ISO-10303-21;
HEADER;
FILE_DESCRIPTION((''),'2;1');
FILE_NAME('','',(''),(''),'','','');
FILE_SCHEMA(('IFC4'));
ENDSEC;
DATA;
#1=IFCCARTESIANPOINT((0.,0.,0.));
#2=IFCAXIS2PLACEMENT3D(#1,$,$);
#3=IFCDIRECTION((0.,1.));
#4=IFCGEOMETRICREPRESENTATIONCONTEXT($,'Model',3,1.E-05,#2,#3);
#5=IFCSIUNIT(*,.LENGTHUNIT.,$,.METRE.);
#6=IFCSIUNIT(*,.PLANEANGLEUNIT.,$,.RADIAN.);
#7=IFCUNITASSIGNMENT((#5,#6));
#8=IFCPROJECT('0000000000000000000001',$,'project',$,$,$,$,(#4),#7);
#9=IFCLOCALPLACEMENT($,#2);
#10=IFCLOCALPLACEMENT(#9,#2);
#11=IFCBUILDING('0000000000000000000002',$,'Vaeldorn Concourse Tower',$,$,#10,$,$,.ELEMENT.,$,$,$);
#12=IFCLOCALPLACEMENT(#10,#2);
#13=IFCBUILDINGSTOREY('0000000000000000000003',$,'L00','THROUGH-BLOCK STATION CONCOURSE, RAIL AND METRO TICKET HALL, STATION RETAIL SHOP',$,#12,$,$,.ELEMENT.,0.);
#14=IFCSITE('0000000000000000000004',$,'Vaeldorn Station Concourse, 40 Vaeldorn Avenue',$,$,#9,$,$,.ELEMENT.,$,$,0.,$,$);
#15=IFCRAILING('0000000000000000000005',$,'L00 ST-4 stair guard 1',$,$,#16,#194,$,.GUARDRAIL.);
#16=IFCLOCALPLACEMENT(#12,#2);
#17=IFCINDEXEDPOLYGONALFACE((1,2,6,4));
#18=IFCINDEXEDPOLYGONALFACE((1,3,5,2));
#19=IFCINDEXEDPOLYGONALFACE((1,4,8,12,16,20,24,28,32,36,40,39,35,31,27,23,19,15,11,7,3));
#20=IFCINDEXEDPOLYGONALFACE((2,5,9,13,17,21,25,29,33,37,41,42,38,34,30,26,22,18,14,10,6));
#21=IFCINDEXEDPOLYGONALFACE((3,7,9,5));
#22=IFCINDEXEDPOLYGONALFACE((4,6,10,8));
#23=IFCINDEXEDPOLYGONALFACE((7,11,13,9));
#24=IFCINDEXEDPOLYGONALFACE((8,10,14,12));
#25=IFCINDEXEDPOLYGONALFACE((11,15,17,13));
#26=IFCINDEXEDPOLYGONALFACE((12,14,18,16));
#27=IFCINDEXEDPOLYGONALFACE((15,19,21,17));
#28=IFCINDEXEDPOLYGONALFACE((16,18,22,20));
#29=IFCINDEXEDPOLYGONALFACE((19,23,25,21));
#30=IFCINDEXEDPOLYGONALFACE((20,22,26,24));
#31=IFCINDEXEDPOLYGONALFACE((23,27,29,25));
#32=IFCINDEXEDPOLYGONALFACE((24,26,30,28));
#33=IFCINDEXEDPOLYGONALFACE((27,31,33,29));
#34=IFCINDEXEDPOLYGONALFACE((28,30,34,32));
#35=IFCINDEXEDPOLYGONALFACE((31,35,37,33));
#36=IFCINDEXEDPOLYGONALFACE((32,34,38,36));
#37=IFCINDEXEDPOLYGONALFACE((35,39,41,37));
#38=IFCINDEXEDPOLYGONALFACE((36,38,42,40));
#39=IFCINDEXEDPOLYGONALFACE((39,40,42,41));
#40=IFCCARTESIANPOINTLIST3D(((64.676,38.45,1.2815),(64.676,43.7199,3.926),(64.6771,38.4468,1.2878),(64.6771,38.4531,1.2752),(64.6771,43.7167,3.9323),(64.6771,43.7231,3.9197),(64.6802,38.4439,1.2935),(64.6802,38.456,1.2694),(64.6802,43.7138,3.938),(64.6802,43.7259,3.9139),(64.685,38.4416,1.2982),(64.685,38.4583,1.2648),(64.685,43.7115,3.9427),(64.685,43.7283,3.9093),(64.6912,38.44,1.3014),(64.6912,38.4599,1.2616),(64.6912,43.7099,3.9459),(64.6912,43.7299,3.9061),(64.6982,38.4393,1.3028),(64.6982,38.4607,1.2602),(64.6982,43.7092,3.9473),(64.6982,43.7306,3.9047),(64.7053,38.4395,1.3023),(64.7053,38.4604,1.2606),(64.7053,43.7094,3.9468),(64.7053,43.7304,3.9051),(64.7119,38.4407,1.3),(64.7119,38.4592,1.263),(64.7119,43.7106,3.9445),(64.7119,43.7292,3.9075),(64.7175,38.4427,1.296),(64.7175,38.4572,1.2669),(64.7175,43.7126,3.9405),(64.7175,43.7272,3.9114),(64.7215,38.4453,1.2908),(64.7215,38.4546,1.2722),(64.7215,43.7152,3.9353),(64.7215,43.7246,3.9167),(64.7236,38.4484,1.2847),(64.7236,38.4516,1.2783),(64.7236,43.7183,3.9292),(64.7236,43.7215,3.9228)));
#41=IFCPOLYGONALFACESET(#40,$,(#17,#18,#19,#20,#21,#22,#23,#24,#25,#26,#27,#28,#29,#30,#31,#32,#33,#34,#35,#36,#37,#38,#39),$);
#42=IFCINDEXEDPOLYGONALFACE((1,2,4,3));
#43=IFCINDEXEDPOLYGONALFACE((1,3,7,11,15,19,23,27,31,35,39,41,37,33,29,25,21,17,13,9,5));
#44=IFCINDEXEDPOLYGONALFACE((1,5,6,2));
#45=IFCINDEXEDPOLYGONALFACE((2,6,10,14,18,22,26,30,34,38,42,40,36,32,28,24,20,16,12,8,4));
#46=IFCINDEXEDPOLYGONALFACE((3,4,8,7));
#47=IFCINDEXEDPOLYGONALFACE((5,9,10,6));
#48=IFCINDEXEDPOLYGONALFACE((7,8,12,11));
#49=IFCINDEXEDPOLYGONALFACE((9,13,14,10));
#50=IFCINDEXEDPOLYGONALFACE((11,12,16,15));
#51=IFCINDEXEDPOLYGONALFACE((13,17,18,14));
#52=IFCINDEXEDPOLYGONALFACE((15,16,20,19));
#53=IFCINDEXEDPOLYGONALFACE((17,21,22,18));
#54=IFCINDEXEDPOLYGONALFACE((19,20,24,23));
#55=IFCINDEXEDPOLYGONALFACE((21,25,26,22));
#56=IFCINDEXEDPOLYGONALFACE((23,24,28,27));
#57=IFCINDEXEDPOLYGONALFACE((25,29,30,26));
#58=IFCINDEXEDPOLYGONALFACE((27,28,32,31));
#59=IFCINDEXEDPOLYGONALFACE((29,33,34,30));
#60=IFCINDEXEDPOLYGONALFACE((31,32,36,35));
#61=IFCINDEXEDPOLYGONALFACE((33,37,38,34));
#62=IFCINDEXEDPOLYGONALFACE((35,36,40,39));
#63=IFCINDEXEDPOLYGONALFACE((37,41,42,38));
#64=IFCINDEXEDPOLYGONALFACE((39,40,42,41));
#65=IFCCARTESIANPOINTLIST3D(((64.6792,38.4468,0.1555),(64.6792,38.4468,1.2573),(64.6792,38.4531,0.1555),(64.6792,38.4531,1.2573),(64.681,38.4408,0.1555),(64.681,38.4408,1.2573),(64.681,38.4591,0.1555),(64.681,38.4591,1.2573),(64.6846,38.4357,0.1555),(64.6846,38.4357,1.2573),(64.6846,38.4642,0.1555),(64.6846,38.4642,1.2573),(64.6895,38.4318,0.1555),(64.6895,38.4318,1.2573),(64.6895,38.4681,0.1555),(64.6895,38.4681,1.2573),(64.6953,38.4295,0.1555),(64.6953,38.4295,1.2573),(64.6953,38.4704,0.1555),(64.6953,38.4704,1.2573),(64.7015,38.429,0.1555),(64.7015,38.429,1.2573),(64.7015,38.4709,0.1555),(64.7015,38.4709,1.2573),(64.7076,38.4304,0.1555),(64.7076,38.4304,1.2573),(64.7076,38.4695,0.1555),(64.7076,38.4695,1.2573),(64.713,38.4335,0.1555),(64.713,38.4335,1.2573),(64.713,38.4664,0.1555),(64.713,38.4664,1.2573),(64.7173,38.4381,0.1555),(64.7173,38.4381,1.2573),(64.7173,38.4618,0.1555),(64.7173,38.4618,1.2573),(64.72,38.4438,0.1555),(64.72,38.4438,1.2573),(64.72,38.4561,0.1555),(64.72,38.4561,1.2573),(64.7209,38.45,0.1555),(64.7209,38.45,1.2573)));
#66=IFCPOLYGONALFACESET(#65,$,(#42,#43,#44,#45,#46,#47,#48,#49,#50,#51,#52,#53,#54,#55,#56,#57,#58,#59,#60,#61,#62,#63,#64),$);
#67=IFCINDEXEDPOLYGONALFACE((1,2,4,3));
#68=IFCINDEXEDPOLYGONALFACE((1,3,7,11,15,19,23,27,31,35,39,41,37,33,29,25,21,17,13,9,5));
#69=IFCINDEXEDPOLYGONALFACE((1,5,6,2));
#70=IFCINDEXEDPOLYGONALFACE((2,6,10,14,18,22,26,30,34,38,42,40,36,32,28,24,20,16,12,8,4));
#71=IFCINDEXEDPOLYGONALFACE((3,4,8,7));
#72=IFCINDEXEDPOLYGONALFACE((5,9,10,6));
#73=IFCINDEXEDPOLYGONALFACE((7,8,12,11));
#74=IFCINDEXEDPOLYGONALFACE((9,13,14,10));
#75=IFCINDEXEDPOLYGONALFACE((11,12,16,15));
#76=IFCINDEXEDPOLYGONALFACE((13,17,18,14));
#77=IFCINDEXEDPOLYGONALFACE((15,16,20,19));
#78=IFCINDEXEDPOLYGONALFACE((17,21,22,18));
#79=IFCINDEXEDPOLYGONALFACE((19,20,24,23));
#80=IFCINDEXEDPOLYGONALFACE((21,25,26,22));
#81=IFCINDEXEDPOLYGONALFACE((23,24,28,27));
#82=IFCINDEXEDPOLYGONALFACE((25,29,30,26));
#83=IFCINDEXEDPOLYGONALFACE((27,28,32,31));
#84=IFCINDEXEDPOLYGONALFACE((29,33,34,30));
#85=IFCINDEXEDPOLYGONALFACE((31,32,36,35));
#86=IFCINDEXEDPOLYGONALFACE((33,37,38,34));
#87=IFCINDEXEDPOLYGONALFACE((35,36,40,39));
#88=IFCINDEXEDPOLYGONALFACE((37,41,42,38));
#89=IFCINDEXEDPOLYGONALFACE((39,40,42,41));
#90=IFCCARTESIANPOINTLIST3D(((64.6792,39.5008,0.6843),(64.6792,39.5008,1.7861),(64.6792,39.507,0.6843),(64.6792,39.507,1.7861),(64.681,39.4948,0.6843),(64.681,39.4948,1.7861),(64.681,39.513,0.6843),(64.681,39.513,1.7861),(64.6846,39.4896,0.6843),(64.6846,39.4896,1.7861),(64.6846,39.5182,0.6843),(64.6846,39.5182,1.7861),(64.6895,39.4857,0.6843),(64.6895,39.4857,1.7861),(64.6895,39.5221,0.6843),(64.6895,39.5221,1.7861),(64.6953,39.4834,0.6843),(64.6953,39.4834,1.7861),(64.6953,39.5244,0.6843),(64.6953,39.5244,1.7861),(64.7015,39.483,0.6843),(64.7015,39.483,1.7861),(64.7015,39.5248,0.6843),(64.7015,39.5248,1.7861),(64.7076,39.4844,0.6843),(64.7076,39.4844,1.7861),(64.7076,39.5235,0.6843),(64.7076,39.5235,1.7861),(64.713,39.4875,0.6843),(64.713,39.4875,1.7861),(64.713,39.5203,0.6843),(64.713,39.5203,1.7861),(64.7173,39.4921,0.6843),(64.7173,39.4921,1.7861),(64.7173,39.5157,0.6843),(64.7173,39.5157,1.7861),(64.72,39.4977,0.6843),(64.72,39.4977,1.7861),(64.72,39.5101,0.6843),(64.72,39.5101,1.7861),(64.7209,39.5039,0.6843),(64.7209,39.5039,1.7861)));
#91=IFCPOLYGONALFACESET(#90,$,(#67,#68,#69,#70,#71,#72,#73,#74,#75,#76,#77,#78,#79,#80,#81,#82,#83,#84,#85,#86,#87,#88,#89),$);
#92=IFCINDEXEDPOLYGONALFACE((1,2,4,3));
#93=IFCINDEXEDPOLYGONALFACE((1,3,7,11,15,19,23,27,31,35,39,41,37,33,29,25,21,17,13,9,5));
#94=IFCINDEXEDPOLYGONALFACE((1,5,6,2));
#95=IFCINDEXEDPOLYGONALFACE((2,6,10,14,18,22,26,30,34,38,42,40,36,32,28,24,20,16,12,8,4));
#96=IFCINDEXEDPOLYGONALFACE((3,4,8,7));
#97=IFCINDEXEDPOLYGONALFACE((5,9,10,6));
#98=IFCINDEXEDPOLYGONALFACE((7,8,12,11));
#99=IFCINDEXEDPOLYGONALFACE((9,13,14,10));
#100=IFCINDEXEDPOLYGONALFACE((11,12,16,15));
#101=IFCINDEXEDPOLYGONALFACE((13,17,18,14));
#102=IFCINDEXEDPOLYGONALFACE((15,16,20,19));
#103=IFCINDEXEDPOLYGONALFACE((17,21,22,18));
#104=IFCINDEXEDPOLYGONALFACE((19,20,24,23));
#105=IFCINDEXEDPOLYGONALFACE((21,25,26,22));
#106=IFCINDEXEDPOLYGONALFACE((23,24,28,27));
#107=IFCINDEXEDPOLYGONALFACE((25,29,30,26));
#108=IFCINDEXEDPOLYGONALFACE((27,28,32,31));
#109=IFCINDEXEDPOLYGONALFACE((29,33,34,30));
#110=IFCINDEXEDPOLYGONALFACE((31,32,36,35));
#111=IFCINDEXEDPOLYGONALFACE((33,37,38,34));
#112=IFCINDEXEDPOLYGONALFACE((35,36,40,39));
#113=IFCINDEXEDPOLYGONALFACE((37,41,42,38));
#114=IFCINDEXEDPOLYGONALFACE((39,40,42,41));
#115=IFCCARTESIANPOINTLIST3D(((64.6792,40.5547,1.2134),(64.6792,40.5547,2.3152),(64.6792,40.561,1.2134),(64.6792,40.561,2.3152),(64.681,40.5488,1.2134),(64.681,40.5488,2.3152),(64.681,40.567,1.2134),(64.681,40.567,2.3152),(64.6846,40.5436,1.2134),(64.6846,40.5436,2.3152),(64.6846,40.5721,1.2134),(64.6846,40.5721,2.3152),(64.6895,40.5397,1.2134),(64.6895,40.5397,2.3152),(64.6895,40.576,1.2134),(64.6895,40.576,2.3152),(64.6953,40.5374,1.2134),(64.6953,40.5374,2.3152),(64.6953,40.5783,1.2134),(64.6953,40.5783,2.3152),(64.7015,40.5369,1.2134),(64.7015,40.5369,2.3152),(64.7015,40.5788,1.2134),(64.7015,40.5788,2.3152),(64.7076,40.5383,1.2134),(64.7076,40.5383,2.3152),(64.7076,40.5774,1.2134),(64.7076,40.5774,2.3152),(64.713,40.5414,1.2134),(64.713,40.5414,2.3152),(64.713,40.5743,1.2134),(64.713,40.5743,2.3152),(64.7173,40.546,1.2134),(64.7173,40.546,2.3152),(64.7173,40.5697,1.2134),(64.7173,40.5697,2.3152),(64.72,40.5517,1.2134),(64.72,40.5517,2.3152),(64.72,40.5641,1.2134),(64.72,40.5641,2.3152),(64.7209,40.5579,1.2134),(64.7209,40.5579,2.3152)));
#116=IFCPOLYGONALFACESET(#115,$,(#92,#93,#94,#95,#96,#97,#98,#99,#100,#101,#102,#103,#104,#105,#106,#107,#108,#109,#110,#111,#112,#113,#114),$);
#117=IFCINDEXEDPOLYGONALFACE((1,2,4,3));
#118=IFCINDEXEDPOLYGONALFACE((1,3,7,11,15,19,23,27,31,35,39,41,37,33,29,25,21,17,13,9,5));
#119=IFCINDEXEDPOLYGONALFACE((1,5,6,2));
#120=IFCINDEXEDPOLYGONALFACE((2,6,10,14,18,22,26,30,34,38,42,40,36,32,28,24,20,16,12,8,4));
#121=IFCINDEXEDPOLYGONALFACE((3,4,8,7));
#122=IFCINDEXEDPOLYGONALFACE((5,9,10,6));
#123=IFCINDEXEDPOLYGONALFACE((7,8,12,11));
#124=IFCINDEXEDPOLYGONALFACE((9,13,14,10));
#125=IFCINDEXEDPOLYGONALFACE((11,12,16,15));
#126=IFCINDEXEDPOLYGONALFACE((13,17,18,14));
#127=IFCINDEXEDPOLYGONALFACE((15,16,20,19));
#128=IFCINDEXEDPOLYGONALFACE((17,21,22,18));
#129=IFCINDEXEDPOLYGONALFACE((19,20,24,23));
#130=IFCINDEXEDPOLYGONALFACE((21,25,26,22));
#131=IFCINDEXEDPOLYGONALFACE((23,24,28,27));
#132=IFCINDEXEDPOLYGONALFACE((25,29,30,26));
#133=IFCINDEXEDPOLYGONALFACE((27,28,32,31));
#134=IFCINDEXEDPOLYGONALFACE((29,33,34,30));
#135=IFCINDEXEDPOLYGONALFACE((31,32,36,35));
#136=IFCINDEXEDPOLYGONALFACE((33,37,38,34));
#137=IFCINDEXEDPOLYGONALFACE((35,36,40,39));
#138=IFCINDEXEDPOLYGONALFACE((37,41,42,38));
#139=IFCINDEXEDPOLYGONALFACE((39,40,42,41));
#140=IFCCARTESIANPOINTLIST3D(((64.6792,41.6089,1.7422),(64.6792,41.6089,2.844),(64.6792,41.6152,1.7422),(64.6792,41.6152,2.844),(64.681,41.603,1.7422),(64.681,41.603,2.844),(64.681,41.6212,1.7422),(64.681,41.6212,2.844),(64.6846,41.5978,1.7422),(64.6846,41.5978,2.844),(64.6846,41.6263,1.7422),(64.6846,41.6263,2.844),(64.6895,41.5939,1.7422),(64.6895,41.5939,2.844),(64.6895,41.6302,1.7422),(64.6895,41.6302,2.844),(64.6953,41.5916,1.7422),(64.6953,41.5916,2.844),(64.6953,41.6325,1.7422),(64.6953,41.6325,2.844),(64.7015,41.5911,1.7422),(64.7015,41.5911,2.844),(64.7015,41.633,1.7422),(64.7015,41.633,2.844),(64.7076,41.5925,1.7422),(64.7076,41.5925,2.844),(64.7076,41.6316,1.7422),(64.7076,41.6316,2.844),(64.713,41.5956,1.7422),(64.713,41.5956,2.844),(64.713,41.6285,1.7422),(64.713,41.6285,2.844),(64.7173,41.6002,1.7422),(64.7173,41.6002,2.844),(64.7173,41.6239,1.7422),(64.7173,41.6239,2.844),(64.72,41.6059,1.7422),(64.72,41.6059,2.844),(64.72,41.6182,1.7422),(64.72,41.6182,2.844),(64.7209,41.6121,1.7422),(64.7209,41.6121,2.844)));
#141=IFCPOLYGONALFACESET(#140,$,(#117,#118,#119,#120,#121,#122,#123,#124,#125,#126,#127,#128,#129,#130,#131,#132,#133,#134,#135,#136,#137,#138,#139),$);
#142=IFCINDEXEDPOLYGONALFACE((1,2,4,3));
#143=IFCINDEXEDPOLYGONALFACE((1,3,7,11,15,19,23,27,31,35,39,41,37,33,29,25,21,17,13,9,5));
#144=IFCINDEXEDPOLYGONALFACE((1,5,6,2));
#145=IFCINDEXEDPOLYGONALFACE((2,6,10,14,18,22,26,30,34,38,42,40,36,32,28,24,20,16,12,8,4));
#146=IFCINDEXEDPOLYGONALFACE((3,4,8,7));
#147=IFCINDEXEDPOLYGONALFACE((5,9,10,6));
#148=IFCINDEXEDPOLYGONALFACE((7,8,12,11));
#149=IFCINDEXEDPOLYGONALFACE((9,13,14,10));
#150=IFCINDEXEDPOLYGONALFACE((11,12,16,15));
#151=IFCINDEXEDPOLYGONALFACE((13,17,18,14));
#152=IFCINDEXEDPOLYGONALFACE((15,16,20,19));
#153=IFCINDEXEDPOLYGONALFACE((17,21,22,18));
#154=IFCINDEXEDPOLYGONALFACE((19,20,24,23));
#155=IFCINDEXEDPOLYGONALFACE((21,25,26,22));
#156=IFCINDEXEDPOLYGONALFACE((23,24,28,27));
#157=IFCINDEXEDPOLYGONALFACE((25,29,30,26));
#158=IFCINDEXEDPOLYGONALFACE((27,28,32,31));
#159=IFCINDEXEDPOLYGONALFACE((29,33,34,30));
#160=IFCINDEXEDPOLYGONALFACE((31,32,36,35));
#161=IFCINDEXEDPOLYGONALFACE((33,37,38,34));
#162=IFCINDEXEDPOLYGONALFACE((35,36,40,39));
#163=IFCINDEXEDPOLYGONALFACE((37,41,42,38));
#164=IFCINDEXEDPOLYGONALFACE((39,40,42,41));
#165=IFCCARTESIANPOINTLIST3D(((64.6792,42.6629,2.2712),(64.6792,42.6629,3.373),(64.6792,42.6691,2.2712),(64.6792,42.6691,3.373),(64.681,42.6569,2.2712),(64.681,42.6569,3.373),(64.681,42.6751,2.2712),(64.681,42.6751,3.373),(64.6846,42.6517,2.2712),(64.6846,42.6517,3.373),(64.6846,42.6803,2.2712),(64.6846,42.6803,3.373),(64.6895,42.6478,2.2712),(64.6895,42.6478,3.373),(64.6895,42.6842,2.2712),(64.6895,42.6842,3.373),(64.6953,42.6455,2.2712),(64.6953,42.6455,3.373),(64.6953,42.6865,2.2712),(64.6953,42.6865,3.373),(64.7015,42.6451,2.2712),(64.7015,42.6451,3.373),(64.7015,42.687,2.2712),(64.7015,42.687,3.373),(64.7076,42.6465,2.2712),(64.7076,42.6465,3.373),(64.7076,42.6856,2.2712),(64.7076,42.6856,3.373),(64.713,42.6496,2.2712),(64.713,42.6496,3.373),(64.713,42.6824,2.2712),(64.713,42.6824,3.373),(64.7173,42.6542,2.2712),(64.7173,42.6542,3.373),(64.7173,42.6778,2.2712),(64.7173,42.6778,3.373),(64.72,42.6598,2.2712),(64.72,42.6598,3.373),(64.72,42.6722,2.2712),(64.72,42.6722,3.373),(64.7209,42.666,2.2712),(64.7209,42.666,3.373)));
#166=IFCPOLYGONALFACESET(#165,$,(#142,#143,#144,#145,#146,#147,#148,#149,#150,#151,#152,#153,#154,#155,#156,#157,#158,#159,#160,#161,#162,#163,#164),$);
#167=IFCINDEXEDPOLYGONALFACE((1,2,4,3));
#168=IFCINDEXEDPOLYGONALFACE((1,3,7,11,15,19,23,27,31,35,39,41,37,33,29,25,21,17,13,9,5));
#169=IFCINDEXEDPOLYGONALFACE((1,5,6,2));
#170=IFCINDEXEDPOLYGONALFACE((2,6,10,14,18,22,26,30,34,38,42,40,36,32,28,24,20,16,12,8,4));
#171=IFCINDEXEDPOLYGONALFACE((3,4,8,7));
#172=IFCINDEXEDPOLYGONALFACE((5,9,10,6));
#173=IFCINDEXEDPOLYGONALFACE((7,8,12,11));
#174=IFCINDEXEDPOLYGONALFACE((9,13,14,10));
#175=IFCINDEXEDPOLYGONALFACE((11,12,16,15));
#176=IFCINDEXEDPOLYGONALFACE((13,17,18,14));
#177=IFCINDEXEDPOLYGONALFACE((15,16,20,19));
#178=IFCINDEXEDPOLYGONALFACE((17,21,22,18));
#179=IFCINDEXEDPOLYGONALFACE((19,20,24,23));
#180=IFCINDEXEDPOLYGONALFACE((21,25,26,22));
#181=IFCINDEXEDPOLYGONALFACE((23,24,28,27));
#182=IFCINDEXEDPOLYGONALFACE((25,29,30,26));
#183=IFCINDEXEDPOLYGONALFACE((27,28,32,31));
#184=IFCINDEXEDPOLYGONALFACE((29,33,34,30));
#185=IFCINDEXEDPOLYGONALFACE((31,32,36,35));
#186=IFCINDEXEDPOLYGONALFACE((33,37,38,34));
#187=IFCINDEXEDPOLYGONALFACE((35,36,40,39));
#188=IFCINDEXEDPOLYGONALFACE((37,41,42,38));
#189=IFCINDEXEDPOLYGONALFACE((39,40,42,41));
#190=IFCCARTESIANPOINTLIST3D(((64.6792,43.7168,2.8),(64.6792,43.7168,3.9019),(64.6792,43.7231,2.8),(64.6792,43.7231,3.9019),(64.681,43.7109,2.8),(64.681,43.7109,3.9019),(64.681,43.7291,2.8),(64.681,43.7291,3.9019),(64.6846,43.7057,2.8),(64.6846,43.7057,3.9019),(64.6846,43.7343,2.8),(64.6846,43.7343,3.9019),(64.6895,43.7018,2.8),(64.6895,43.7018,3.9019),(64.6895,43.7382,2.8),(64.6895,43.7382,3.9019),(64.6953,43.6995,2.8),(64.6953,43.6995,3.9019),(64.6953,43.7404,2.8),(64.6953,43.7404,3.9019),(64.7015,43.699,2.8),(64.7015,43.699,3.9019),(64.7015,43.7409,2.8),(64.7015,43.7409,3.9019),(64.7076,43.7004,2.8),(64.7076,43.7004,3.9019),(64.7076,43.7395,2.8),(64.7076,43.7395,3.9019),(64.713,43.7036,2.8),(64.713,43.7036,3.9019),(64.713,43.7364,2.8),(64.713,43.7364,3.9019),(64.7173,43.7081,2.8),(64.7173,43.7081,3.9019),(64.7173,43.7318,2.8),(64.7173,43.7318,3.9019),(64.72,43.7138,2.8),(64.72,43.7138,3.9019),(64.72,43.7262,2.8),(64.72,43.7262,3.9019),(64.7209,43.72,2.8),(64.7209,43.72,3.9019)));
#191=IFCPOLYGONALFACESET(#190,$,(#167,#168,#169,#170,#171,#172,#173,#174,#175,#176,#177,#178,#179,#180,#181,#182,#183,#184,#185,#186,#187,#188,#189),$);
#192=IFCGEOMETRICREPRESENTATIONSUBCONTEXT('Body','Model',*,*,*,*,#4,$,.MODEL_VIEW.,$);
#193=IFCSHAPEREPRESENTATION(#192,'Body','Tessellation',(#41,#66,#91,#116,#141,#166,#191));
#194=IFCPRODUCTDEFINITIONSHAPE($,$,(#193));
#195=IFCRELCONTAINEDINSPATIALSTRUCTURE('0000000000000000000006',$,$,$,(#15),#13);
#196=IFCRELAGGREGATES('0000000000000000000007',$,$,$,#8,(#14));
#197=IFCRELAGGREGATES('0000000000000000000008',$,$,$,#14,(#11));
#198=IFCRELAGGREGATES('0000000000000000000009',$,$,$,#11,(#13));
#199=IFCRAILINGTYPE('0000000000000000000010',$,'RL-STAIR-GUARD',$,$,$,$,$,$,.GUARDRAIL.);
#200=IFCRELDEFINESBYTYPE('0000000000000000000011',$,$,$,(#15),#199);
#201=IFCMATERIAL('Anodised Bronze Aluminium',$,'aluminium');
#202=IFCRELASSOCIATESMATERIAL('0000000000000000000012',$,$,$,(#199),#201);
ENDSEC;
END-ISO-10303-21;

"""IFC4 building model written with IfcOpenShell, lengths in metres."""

from ifc_helpers import new_model, si_unit, direction, frame, origin, origin_2d, place, context, subcontext, project, spatial, circle, extrude, material, type_object, element, save


model = new_model("IFC4")

# Units and contexts
model_context = context("Model", 3, precision=1e-05, world=origin(), true_north=direction((0.0, 1.0)))
body_context = subcontext(model_context, "Body", "Model", "MODEL_VIEW")
ifc_project = project(units=[si_unit("LENGTHUNIT", "METRE"), si_unit("PLANEANGLEUNIT", "RADIAN")], contexts=[model_context])

# Site, building, storey
site_placement = place(None, origin())
site = spatial("IfcSite", under=ifc_project, at=site_placement, Name="Vaeldorn Station Concourse, 40 Vaeldorn Avenue", CompositionType="ELEMENT", RefElevation=0.0)
building_placement = place(site_placement, origin())
building = spatial("IfcBuilding", under=site, at=building_placement, Name="Vaeldorn Concourse Tower", CompositionType="ELEMENT")
storey_placement = place(building_placement, origin())
storey = spatial("IfcBuildingStorey", under=building, at=storey_placement, Name="L00", Description="THROUGH-BLOCK STATION CONCOURSE, RAIL AND METRO TICKET HALL, STATION RETAIL SHOP", CompositionType="ELEMENT", Elevation=0.0)

# Shared definitions
ifc_material_1 = material(Name="Anodised Bronze Aluminium", Category="aluminium")

# Railing
railing_type_1 = type_object("IfcRailingType", Name="RL-STAIR-GUARD", PredefinedType="GUARDRAIL", material=ifc_material_1)
railing_1_placement = place(storey_placement, frame((64.7, 38.45, 0.1555)))
element("IfcRailing", 1, at=railing_1_placement, inside=storey, type_object=railing_type_1, Name="L00 ST-4 stair guard 1", PredefinedType="GUARDRAIL", context=body_context, shape_type="SweptSolid", body=[
    extrude(circle(Radius=0.0239, at=origin_2d()), frame((0.0, 0.0, 1.126), z_axis=(0.0, 0.89378, 0.448505), x_axis=(-1.0, 0.0, 0.0)), (0.0, 0.0, 1.0), 5.8962),
    extrude(circle(Radius=0.021, at=origin_2d()), origin(), (0.0, 0.0, 1.0), 1.1018),
    extrude(circle(Radius=0.021, at=origin_2d()), frame((0.0, 1.054, 0.5288)), (0.0, 0.0, 1.0), 1.1018),
    extrude(circle(Radius=0.021, at=origin_2d()), frame((0.0, 2.1079, 1.0579)), (0.0, 0.0, 1.0), 1.1018),
    extrude(circle(Radius=0.021, at=origin_2d()), frame((0.0, 3.1621, 1.5867)), (0.0, 0.0, 1.0), 1.1018),
    extrude(circle(Radius=0.021, at=origin_2d()), frame((0.0, 4.2161, 2.1157)), (0.0, 0.0, 1.0), 1.1018),
    extrude(circle(Radius=0.021, at=origin_2d()), frame((0.0, 5.27, 2.6445)), (0.0, 0.0, 1.0), 1.1018),
])

save(model, "model.ifc")
